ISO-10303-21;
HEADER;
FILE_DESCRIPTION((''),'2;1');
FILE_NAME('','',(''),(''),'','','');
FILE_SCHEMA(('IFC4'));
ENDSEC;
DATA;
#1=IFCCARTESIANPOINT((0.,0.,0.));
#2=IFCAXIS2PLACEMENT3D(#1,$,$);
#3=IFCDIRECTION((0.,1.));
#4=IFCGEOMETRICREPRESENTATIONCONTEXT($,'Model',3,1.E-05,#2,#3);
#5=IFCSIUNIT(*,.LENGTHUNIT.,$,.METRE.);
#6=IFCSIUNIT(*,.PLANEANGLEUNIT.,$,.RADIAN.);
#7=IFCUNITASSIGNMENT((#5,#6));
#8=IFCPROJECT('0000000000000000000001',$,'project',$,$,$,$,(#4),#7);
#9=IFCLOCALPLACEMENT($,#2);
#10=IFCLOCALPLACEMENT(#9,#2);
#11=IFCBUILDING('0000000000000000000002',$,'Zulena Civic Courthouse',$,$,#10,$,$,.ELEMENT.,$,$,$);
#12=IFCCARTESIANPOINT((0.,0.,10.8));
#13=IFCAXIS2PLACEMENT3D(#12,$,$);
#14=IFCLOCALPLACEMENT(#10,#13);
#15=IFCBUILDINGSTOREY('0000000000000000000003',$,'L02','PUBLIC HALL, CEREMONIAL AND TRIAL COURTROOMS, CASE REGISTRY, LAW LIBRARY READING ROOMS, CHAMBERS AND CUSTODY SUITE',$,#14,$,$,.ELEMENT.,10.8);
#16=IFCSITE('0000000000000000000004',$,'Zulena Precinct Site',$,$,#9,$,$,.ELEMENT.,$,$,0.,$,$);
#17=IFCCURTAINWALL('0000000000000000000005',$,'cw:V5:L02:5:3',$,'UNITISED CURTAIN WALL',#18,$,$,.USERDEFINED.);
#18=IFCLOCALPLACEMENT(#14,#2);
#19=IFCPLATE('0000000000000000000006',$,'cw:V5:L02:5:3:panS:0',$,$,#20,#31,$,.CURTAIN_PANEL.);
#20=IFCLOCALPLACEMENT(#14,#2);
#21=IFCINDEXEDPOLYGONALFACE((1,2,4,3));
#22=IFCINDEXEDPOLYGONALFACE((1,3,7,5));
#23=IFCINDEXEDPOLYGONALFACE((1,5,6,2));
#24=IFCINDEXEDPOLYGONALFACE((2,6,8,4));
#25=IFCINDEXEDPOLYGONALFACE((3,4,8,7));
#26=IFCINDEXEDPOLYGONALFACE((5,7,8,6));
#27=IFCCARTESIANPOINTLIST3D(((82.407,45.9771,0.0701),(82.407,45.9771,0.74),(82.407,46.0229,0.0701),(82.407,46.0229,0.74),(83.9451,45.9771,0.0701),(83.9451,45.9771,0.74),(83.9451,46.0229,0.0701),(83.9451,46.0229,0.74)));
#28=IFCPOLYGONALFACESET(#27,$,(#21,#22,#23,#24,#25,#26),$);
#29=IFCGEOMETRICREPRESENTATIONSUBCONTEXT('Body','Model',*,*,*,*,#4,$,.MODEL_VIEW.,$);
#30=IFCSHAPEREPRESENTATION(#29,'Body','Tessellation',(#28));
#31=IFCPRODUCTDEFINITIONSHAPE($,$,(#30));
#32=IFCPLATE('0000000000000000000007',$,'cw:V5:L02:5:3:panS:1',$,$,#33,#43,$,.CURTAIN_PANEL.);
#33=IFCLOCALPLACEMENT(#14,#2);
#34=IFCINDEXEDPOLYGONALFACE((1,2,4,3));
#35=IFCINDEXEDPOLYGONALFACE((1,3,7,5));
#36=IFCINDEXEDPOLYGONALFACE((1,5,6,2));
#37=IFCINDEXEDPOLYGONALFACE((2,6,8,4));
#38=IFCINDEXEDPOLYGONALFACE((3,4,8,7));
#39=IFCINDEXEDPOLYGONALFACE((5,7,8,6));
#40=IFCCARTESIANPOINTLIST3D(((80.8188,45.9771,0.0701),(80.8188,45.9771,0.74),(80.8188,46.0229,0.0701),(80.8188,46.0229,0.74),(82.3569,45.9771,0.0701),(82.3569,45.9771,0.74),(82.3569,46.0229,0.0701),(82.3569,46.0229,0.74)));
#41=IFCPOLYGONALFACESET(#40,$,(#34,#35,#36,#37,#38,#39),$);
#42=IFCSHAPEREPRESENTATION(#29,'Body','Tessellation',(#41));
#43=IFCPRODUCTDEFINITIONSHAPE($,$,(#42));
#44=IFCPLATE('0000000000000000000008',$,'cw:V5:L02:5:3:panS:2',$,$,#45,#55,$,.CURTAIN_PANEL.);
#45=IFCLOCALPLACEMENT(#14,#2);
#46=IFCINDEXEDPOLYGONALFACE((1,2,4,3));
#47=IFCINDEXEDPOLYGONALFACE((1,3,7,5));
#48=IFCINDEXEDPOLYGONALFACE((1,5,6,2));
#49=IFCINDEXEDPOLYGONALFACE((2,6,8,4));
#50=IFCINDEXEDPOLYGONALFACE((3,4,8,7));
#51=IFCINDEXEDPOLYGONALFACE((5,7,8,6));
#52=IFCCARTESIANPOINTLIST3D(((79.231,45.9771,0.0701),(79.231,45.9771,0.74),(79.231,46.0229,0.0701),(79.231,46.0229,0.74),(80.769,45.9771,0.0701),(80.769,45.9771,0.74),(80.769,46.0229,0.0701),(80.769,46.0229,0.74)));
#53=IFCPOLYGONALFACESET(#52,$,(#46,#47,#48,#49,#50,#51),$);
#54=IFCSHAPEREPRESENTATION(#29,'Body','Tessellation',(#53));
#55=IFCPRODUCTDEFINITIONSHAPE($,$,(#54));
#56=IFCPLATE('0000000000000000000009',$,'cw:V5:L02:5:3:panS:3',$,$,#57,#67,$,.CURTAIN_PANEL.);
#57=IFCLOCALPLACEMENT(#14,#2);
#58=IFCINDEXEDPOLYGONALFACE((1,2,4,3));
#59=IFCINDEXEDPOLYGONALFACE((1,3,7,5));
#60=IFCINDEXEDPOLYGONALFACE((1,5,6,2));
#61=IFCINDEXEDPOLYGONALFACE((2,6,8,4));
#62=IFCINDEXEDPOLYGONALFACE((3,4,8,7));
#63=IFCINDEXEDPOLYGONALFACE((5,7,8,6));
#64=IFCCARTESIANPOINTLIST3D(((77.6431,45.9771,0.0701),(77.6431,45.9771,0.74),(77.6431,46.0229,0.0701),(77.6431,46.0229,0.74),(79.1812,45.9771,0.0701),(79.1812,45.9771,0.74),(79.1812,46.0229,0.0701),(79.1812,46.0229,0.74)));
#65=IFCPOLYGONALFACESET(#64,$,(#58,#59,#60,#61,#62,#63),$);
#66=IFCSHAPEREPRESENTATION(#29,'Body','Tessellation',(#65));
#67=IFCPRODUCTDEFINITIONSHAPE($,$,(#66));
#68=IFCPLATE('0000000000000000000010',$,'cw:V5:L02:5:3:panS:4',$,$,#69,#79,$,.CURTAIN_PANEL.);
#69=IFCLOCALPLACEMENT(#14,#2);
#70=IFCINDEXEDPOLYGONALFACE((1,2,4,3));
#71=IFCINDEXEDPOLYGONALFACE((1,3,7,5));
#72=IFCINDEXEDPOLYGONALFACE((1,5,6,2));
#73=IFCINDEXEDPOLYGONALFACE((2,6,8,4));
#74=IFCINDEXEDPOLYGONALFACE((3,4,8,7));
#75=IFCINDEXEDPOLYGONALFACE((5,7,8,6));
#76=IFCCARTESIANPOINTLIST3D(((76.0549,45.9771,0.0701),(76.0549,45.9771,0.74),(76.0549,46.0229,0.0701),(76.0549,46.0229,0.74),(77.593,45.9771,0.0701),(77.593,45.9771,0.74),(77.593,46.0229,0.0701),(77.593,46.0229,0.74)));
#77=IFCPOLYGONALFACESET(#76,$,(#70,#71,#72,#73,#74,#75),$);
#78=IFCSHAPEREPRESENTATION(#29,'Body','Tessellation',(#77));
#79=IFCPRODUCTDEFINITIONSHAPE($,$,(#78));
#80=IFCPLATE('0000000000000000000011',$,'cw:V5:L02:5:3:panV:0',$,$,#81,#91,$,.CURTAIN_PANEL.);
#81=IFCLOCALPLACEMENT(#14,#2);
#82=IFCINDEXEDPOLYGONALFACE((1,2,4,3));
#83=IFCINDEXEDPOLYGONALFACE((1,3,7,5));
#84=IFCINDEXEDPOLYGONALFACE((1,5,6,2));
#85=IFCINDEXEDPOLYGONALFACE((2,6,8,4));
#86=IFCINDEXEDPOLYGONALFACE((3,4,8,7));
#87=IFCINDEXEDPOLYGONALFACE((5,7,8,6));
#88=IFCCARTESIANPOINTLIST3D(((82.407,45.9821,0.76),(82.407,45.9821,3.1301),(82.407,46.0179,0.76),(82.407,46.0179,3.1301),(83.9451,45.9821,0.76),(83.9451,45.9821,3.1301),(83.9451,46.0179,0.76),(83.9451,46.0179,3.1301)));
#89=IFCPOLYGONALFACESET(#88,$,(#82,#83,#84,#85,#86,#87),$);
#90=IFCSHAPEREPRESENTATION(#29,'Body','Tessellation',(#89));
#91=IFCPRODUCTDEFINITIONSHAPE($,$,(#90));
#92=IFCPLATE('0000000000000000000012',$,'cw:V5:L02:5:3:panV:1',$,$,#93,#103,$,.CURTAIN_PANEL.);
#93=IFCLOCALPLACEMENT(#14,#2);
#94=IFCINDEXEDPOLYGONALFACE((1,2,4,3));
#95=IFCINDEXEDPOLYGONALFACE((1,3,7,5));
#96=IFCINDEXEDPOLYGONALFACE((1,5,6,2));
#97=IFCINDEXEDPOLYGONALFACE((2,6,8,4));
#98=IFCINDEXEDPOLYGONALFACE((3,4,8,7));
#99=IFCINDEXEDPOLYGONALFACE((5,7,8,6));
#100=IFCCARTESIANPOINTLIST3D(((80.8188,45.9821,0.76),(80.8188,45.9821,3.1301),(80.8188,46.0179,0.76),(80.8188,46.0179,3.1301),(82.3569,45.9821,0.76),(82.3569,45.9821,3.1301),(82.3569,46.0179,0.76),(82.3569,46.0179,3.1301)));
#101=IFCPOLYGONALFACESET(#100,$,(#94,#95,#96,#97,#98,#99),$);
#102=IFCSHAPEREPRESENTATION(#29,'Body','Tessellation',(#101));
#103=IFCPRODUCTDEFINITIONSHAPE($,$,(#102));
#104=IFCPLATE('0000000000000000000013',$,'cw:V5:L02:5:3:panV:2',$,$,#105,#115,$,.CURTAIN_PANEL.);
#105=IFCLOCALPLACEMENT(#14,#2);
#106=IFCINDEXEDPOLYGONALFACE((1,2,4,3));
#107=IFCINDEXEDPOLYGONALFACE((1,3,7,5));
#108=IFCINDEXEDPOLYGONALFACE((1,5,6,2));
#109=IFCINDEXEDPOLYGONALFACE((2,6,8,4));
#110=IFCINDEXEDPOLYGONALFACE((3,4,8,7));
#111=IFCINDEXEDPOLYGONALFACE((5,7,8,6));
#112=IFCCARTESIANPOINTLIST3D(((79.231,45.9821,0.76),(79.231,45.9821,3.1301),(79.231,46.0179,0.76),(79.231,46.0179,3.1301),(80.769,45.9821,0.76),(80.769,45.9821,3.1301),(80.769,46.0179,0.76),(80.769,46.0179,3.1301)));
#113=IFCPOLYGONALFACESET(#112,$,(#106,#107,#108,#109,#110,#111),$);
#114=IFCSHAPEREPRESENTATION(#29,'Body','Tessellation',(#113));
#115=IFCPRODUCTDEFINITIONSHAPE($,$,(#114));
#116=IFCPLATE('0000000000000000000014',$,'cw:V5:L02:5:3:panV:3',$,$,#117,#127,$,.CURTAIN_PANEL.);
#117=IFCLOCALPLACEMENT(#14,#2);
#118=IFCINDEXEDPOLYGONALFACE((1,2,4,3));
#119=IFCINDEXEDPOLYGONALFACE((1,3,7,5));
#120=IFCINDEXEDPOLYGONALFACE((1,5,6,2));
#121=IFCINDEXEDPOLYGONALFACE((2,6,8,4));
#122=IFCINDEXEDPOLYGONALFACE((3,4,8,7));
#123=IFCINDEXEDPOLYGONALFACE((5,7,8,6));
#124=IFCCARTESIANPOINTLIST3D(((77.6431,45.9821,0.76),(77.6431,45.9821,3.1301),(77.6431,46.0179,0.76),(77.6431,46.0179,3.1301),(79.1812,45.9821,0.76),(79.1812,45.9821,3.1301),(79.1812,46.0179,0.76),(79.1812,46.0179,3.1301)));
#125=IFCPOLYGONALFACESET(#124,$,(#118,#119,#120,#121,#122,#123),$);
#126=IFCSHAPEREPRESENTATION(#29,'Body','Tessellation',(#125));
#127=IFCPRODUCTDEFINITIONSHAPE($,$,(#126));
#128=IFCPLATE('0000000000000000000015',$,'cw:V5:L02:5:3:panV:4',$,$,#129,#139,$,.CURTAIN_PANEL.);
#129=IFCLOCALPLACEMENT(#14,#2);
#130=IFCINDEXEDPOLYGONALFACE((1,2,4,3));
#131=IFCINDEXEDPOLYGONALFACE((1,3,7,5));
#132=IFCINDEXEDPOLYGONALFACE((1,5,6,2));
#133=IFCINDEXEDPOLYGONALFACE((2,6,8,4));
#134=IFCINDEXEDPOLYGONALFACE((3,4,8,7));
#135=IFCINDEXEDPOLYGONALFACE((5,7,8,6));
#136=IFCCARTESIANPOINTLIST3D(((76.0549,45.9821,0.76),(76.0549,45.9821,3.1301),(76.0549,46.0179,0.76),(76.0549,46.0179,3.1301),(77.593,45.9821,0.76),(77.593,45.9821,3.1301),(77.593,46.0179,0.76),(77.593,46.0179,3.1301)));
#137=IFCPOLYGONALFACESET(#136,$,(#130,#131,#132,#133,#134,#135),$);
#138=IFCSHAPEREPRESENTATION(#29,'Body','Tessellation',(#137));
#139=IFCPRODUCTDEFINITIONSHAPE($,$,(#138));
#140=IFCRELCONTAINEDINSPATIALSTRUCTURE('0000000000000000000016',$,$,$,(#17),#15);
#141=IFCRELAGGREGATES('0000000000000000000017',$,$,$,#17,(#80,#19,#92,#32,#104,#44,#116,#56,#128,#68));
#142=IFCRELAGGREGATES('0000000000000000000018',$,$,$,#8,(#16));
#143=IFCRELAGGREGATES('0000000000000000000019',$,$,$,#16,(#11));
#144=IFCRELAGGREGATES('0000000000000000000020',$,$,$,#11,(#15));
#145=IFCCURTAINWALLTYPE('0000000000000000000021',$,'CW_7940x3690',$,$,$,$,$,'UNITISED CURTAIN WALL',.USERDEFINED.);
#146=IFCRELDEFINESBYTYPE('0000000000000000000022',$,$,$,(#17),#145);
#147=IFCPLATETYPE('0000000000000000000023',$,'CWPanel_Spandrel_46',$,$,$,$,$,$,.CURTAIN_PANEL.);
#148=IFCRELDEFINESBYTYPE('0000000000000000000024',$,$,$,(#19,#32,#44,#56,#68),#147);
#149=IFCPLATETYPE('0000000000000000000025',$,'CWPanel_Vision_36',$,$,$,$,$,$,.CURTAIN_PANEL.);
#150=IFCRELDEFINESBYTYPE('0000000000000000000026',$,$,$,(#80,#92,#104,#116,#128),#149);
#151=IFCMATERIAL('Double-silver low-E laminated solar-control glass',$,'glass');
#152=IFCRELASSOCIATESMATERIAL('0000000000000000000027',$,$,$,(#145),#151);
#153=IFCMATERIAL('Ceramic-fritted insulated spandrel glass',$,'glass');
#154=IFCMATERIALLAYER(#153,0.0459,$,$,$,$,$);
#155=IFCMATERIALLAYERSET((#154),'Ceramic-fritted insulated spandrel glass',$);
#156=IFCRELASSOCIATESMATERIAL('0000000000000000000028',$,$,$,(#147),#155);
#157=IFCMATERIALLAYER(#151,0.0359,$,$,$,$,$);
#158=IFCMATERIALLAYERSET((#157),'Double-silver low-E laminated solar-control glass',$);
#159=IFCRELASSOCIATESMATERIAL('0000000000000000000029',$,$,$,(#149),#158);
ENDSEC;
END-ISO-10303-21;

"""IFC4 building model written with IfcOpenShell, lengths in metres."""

from ifc_helpers import new_model, si_unit, direction, frame, origin, origin_2d, place, context, subcontext, project, spatial, rectangle, extrude, material, layer, layer_set, type_object, element, aggregate, save


model = new_model("IFC4")

# Units and contexts
model_context = context("Model", 3, precision=1e-05, world=origin(), true_north=direction((0.0, 1.0)))
body_context = subcontext(model_context, "Body", "Model", "MODEL_VIEW")
ifc_project = project(units=[si_unit("LENGTHUNIT", "METRE"), si_unit("PLANEANGLEUNIT", "RADIAN")], contexts=[model_context])

# Site, building, storey
site_placement = place(None, origin())
site = spatial("IfcSite", under=ifc_project, at=site_placement, Name="Zulena Precinct Site", CompositionType="ELEMENT", RefElevation=0.0)
building_placement = place(site_placement, origin())
building = spatial("IfcBuilding", under=site, at=building_placement, Name="Zulena Civic Courthouse", CompositionType="ELEMENT")
storey_placement = place(building_placement, frame((0.0, 0.0, 10.8)))
storey = spatial("IfcBuildingStorey", under=building, at=storey_placement, Name="L02", Description="PUBLIC HALL, CEREMONIAL AND TRIAL COURTROOMS, CASE REGISTRY, LAW LIBRARY READING ROOMS, CHAMBERS AND CUSTODY SUITE", CompositionType="ELEMENT", Elevation=10.8)

# Curtain wall
ifc_material_1 = material(Name="Double-silver low-E laminated solar-control glass", Category="glass")
curtain_wall_type = type_object("IfcCurtainWallType", Name="CW_7940x3690", ElementType="UNITISED CURTAIN WALL", PredefinedType="USERDEFINED", material=ifc_material_1)
curtain_wall_placement = place(storey_placement, origin())
curtain_wall = element("IfcCurtainWall", 1, at=curtain_wall_placement, inside=storey, type_object=curtain_wall_type, Name="cw:V5:L02:5:3", ObjectType="UNITISED CURTAIN WALL", PredefinedType="USERDEFINED")

# Plates
ifc_material_2 = material(Name="Ceramic-fritted insulated spandrel glass", Category="glass")
ifc_layer_1 = layer(ifc_material_2, 0.0459)
ifc_layer_set_1 = layer_set([ifc_layer_1], Name="Ceramic-fritted insulated spandrel glass")
plate_type_1 = type_object("IfcPlateType", Name="CWPanel_Spandrel_46", PredefinedType="CURTAIN_PANEL", material=ifc_layer_set_1)
plate_1_placement = place(storey_placement, frame((83.176, 46.0, 0.0701), z_axis=(0.0, 0.0, 1.0), x_axis=(-1.0, 0.0, 0.0)))
plate_1 = element("IfcPlate", 2, at=plate_1_placement, type_object=plate_type_1, Name="cw:V5:L02:5:3:panS:0", PredefinedType="CURTAIN_PANEL", context=body_context, shape_type="SweptSolid", body=[
    extrude(rectangle(XDim=1.5381, YDim=0.0459, at=origin_2d()), origin(), (0.0, 0.0, 1.0), 0.6699),
])
plate_2_placement = place(storey_placement, frame((81.5879, 46.0, 0.0701), z_axis=(0.0, 0.0, 1.0), x_axis=(-1.0, 0.0, 0.0)))
plate_2 = element("IfcPlate", 3, at=plate_2_placement, type_object=plate_type_1, Name="cw:V5:L02:5:3:panS:1", PredefinedType="CURTAIN_PANEL", context=body_context, shape_type="SweptSolid", body=[
    extrude(rectangle(XDim=1.5381, YDim=0.0459, at=origin_2d()), origin(), (0.0, 0.0, 1.0), 0.6699),
])
plate_3_placement = place(storey_placement, frame((80.0, 46.0, 0.0701), z_axis=(0.0, 0.0, 1.0), x_axis=(-1.0, 0.0, 0.0)))
plate_3 = element("IfcPlate", 4, at=plate_3_placement, type_object=plate_type_1, Name="cw:V5:L02:5:3:panS:2", PredefinedType="CURTAIN_PANEL", context=body_context, shape_type="SweptSolid", body=[
    extrude(rectangle(XDim=1.5381, YDim=0.0459, at=origin_2d()), origin(), (0.0, 0.0, 1.0), 0.6699),
])
plate_4_placement = place(storey_placement, frame((78.4121, 46.0, 0.0701), z_axis=(0.0, 0.0, 1.0), x_axis=(-1.0, 0.0, 0.0)))
plate_4 = element("IfcPlate", 5, at=plate_4_placement, type_object=plate_type_1, Name="cw:V5:L02:5:3:panS:3", PredefinedType="CURTAIN_PANEL", context=body_context, shape_type="SweptSolid", body=[
    extrude(rectangle(XDim=1.5381, YDim=0.0459, at=origin_2d()), origin(), (0.0, 0.0, 1.0), 0.6699),
])
plate_5_placement = place(storey_placement, frame((76.824, 46.0, 0.0701), z_axis=(0.0, 0.0, 1.0), x_axis=(-1.0, 0.0, 0.0)))
plate_5 = element("IfcPlate", 6, at=plate_5_placement, type_object=plate_type_1, Name="cw:V5:L02:5:3:panS:4", PredefinedType="CURTAIN_PANEL", context=body_context, shape_type="SweptSolid", body=[
    extrude(rectangle(XDim=1.5381, YDim=0.0459, at=origin_2d()), origin(), (0.0, 0.0, 1.0), 0.6699),
])
ifc_layer_2 = layer(ifc_material_1, 0.0359)
ifc_layer_set_2 = layer_set([ifc_layer_2], Name="Double-silver low-E laminated solar-control glass")
plate_type_2 = type_object("IfcPlateType", Name="CWPanel_Vision_36", PredefinedType="CURTAIN_PANEL", material=ifc_layer_set_2)
plate_6_placement = place(storey_placement, frame((83.176, 46.0, 0.76), z_axis=(0.0, 0.0, 1.0), x_axis=(-1.0, 0.0, 0.0)))
plate_6 = element("IfcPlate", 7, at=plate_6_placement, type_object=plate_type_2, Name="cw:V5:L02:5:3:panV:0", PredefinedType="CURTAIN_PANEL", context=body_context, shape_type="SweptSolid", body=[
    extrude(rectangle(XDim=1.5381, YDim=0.0359, at=origin_2d()), origin(), (0.0, 0.0, 1.0), 2.3701),
])
plate_7_placement = place(storey_placement, frame((81.5879, 46.0, 0.76), z_axis=(0.0, 0.0, 1.0), x_axis=(-1.0, 0.0, 0.0)))
plate_7 = element("IfcPlate", 8, at=plate_7_placement, type_object=plate_type_2, Name="cw:V5:L02:5:3:panV:1", PredefinedType="CURTAIN_PANEL", context=body_context, shape_type="SweptSolid", body=[
    extrude(rectangle(XDim=1.5381, YDim=0.0359, at=origin_2d()), origin(), (0.0, 0.0, 1.0), 2.3701),
])
plate_8_placement = place(storey_placement, frame((80.0, 46.0, 0.76), z_axis=(0.0, 0.0, 1.0), x_axis=(-1.0, 0.0, 0.0)))
plate_8 = element("IfcPlate", 9, at=plate_8_placement, type_object=plate_type_2, Name="cw:V5:L02:5:3:panV:2", PredefinedType="CURTAIN_PANEL", context=body_context, shape_type="SweptSolid", body=[
    extrude(rectangle(XDim=1.5381, YDim=0.0359, at=origin_2d()), origin(), (0.0, 0.0, 1.0), 2.3701),
])
plate_9_placement = place(storey_placement, frame((78.4121, 46.0, 0.76), z_axis=(0.0, 0.0, 1.0), x_axis=(-1.0, 0.0, 0.0)))
plate_9 = element("IfcPlate", 10, at=plate_9_placement, type_object=plate_type_2, Name="cw:V5:L02:5:3:panV:3", PredefinedType="CURTAIN_PANEL", context=body_context, shape_type="SweptSolid", body=[
    extrude(rectangle(XDim=1.5381, YDim=0.0359, at=origin_2d()), origin(), (0.0, 0.0, 1.0), 2.3701),
])
plate_10_placement = place(storey_placement, frame((76.824, 46.0, 0.76), z_axis=(0.0, 0.0, 1.0), x_axis=(-1.0, 0.0, 0.0)))
plate_10 = element("IfcPlate", 11, at=plate_10_placement, type_object=plate_type_2, Name="cw:V5:L02:5:3:panV:4", PredefinedType="CURTAIN_PANEL", context=body_context, shape_type="SweptSolid", body=[
    extrude(rectangle(XDim=1.5381, YDim=0.0359, at=origin_2d()), origin(), (0.0, 0.0, 1.0), 2.3701),
])
aggregate(curtain_wall, [plate_6, plate_1, plate_7, plate_2, plate_8, plate_3, plate_9, plate_4, plate_10, plate_5])

save(model, "model.ifc")
